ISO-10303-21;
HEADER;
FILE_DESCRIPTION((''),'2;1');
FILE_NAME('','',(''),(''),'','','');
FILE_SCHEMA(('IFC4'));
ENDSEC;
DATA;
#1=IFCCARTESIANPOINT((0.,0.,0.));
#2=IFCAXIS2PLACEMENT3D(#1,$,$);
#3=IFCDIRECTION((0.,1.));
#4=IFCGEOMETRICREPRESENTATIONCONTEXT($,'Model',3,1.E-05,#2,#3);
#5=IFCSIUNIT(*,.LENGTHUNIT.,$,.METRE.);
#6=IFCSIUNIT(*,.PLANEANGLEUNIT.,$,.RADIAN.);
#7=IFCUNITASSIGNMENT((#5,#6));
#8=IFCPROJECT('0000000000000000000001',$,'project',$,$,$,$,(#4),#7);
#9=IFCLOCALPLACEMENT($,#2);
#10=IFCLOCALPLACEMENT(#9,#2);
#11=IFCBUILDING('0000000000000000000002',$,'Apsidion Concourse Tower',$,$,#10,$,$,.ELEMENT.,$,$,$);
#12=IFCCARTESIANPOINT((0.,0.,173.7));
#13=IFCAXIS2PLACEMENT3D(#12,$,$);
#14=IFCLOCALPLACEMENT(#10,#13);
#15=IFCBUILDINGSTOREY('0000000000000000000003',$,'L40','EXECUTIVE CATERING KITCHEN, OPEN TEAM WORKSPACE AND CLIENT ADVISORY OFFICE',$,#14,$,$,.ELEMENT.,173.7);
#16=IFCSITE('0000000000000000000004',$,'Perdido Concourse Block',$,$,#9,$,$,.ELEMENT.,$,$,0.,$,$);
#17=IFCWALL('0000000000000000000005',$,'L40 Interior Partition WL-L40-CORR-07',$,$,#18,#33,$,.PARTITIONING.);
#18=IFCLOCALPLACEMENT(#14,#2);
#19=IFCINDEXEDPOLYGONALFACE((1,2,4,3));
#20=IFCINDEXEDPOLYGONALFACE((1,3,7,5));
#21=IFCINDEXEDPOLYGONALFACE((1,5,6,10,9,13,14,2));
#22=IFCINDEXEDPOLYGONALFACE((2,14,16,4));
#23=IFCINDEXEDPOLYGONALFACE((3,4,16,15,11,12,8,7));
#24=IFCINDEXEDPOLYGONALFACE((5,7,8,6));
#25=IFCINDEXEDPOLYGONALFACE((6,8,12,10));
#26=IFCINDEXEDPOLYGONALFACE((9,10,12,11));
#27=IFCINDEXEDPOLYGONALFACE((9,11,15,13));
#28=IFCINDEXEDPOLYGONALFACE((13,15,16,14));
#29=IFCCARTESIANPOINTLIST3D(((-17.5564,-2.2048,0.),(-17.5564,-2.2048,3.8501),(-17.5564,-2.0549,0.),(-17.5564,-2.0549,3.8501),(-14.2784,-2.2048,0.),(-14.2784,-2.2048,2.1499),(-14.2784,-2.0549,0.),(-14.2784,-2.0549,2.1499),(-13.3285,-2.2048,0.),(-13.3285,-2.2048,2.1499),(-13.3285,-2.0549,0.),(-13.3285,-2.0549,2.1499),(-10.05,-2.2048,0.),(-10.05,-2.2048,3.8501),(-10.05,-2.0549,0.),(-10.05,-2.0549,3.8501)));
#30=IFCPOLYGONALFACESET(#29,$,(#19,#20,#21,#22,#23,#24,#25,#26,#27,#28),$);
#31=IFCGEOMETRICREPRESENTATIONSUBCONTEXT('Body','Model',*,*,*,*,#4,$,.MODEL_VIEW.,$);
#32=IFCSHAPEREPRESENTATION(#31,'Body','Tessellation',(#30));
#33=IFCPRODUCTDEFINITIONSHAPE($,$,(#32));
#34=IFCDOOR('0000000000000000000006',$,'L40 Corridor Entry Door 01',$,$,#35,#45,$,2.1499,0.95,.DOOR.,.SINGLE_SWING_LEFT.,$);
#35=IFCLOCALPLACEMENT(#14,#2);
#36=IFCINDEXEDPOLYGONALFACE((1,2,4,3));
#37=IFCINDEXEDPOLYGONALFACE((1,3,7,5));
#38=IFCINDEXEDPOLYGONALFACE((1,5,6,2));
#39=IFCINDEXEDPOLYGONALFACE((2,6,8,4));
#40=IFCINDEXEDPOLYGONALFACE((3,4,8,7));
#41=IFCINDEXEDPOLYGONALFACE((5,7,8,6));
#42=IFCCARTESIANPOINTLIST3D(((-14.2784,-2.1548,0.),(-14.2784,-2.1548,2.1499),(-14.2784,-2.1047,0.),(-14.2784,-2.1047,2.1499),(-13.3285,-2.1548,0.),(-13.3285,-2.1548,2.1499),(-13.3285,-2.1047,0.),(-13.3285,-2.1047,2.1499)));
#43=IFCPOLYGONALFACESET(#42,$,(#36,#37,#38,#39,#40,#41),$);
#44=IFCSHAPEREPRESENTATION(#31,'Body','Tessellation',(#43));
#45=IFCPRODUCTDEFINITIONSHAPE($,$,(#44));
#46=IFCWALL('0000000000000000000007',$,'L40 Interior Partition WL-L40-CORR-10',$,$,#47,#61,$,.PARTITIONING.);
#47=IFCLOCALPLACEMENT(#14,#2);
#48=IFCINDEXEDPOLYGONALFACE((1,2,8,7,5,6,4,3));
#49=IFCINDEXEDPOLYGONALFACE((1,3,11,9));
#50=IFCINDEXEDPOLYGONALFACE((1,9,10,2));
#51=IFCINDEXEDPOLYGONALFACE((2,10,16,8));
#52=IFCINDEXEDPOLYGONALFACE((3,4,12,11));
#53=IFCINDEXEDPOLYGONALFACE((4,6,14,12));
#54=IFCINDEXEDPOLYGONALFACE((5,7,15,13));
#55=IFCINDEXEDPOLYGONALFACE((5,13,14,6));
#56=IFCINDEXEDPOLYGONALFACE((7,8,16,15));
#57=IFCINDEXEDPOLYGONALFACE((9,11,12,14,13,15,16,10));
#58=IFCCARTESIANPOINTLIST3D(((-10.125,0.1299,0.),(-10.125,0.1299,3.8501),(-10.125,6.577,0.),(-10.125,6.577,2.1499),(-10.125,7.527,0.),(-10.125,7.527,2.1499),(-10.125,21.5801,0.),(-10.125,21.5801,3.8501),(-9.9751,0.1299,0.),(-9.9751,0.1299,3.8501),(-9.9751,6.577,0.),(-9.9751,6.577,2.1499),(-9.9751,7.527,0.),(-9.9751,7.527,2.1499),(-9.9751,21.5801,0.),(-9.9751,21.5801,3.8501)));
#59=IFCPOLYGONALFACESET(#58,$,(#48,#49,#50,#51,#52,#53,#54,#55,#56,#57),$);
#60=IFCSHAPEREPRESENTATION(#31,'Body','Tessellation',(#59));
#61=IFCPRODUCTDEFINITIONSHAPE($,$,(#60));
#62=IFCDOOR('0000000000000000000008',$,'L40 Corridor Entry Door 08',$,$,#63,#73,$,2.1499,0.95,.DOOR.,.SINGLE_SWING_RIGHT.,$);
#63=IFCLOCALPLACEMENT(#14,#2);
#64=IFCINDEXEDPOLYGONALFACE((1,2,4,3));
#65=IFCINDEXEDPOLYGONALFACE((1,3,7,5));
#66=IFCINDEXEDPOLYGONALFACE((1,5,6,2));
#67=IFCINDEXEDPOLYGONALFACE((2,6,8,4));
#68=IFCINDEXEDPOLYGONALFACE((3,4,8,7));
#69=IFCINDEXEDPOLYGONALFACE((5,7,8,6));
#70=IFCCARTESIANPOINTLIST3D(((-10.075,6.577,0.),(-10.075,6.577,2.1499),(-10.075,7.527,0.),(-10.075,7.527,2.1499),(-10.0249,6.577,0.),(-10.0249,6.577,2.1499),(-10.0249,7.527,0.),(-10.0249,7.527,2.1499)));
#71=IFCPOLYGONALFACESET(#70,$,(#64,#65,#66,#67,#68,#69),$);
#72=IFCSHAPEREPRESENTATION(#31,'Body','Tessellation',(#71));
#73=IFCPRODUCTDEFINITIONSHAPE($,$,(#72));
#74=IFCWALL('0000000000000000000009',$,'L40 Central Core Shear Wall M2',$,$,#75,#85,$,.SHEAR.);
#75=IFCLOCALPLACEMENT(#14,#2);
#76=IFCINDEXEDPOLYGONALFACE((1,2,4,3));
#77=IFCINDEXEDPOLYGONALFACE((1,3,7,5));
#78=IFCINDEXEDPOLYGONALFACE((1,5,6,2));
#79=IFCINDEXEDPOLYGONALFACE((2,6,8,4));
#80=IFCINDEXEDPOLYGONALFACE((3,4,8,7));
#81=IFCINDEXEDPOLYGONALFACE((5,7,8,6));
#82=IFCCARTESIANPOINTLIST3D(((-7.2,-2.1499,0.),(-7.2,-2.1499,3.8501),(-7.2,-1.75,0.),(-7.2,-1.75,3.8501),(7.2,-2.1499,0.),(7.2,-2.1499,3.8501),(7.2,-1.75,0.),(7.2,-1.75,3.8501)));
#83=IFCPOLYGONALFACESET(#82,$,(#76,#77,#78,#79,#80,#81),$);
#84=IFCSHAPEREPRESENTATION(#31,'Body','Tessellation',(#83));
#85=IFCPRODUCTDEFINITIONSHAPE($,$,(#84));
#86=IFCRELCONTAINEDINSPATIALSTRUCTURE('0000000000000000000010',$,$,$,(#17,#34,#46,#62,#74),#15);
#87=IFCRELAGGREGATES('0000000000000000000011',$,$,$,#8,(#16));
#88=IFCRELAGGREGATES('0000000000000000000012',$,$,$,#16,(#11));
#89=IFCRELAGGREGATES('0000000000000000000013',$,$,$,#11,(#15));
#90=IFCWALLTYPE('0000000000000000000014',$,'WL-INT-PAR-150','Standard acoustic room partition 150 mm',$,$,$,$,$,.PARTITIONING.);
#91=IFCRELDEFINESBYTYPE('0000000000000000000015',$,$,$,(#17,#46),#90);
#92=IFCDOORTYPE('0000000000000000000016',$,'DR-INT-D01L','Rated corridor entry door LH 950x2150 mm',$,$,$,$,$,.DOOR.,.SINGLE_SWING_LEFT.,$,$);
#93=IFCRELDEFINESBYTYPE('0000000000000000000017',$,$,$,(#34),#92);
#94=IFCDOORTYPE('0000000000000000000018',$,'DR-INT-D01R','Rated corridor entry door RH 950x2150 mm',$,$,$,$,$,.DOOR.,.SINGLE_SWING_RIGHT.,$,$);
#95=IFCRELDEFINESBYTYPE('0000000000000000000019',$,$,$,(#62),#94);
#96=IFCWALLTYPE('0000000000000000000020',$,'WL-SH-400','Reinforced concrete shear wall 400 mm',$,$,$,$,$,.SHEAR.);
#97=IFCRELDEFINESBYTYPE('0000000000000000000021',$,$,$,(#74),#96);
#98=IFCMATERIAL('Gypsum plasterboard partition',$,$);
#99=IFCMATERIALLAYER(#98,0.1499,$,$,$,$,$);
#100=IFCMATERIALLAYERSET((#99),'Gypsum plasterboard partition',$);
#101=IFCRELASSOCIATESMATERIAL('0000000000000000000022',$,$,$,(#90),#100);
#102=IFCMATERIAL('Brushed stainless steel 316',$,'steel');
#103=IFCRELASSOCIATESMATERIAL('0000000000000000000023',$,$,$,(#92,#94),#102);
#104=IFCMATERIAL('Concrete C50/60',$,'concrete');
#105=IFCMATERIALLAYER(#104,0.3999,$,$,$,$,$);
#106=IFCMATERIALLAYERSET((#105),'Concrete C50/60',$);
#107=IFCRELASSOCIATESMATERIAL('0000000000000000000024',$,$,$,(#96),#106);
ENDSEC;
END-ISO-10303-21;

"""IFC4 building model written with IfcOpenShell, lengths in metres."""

from ifc_helpers import new_model, si_unit, direction, frame, frame_2d, origin, place, context, subcontext, project, spatial, rectangle, extrude, material, layer, layer_set, type_object, element, fill, save


model = new_model("IFC4")

# Units and contexts
model_context = context("Model", 3, precision=1e-05, world=origin(), true_north=direction((0.0, 1.0)))
body_context = subcontext(model_context, "Body", "Model", "MODEL_VIEW")
ifc_project = project(units=[si_unit("LENGTHUNIT", "METRE"), si_unit("PLANEANGLEUNIT", "RADIAN")], contexts=[model_context])

# Site, building, storey
site_placement = place(None, origin())
site = spatial("IfcSite", under=ifc_project, at=site_placement, Name="Perdido Concourse Block", CompositionType="ELEMENT", RefElevation=0.0)
building_placement = place(site_placement, origin())
building = spatial("IfcBuilding", under=site, at=building_placement, Name="Apsidion Concourse Tower", CompositionType="ELEMENT")
storey_placement = place(building_placement, frame((0.0, 0.0, 173.7)))
storey = spatial("IfcBuildingStorey", under=building, at=storey_placement, Name="L40", Description="EXECUTIVE CATERING KITCHEN, OPEN TEAM WORKSPACE AND CLIENT ADVISORY OFFICE", CompositionType="ELEMENT", Elevation=173.7)

# Shared definitions
ifc_material_1 = material(Name="Concrete C50/60", Category="concrete")

# Shared definitions
ifc_material_2 = material(Name="Gypsum plasterboard partition")
ifc_layer_1 = layer(ifc_material_2, 0.1499)
ifc_layer_set_1 = layer_set([ifc_layer_1], Name="Gypsum plasterboard partition")
wall_type_1 = type_object("IfcWallType", Name="WL-INT-PAR-150", Description="Standard acoustic room partition 150 mm", PredefinedType="PARTITIONING", material=ifc_layer_set_1)

# Walls, openings, doors
wall_1_placement = place(storey_placement, frame((-10.05, -2.1299, 0.0), z_axis=(0.0, 0.0, 1.0), x_axis=(-1.0, 0.0, 0.0)))
wall_1 = element("IfcWall", 1, at=wall_1_placement, inside=storey, type_object=wall_type_1, Name="L40 Interior Partition WL-L40-CORR-07", PredefinedType="PARTITIONING", context=body_context, shape_type="SweptSolid", body=[
    extrude(rectangle(XDim=7.5063, YDim=0.1499, at=frame_2d((3.7532, 0.0))), origin(), (0.0, 0.0, 1.0), 3.8501),
])
opening_1_placement = place(wall_1_placement, frame((3.2783, 0.0, 0.0)))
opening_1 = element("IfcOpeningElement", 2, at=opening_1_placement, cuts=wall_1, PredefinedType="OPENING", context=body_context, shape_type="SweptSolid", body=[
    extrude(rectangle(XDim=0.95, YDim=2.1499, at=frame_2d((0.4751, 1.075))), frame((0.0, 0.085, 0.0), z_axis=(0.0, -1.0, 0.0), x_axis=(1.0, 0.0, 0.0)), (0.0, 0.0, 1.0), 0.1699),
])
ifc_material_3 = material(Name="Brushed stainless steel 316", Category="steel")
door_type_1 = type_object("IfcDoorType", Name="DR-INT-D01L", Description="Rated corridor entry door LH 950x2150 mm", OperationType="SINGLE_SWING_LEFT", PredefinedType="DOOR", material=ifc_material_3)
door_1_placement = place(opening_1_placement, origin())
door_1 = element("IfcDoor", 3, at=door_1_placement, inside=storey, type_object=door_type_1, Name="L40 Corridor Entry Door 01", OperationType="SINGLE_SWING_LEFT", OverallHeight=2.1499, OverallWidth=0.95, PredefinedType="DOOR", context=body_context, shape_type="SweptSolid", body=[
    extrude(rectangle(XDim=0.95, YDim=2.1499, at=frame_2d((0.4751, 1.075))), frame((0.0, 0.0249, 0.0), z_axis=(0.0, -1.0, 0.0), x_axis=(1.0, 0.0, 0.0)), (0.0, 0.0, 1.0), 0.05),
])
fill(opening_1, door_1)
wall_2_placement = place(storey_placement, frame((-10.05, 0.1299, 0.0), z_axis=(0.0, 0.0, 1.0), x_axis=(0.0, 1.0, 0.0)))
wall_2 = element("IfcWall", 4, at=wall_2_placement, inside=storey, type_object=wall_type_1, Name="L40 Interior Partition WL-L40-CORR-10", PredefinedType="PARTITIONING", context=body_context, shape_type="SweptSolid", body=[
    extrude(rectangle(XDim=21.4502, YDim=0.1499, at=frame_2d((10.7251, 0.0))), origin(), (0.0, 0.0, 1.0), 3.8501),
])
opening_2_placement = place(wall_2_placement, frame((6.447, 0.0, 0.0)))
opening_2 = element("IfcOpeningElement", 5, at=opening_2_placement, cuts=wall_2, PredefinedType="OPENING", context=body_context, shape_type="SweptSolid", body=[
    extrude(rectangle(XDim=0.95, YDim=2.1499, at=frame_2d((0.4751, 1.075))), frame((0.0, 0.085, 0.0), z_axis=(0.0, -1.0, 0.0), x_axis=(1.0, 0.0, 0.0)), (0.0, 0.0, 1.0), 0.1699),
])
door_type_2 = type_object("IfcDoorType", Name="DR-INT-D01R", Description="Rated corridor entry door RH 950x2150 mm", OperationType="SINGLE_SWING_RIGHT", PredefinedType="DOOR", material=ifc_material_3)
door_2_placement = place(opening_2_placement, origin())
door_2 = element("IfcDoor", 6, at=door_2_placement, inside=storey, type_object=door_type_2, Name="L40 Corridor Entry Door 08", OperationType="SINGLE_SWING_RIGHT", OverallHeight=2.1499, OverallWidth=0.95, PredefinedType="DOOR", context=body_context, shape_type="SweptSolid", body=[
    extrude(rectangle(XDim=0.95, YDim=2.1499, at=frame_2d((0.4751, 1.075))), frame((0.0, 0.0249, 0.0), z_axis=(0.0, -1.0, 0.0), x_axis=(1.0, 0.0, 0.0)), (0.0, 0.0, 1.0), 0.05),
])
fill(opening_2, door_2)

# Wall
ifc_layer_2 = layer(ifc_material_1, 0.3999)
ifc_layer_set_2 = layer_set([ifc_layer_2], Name="Concrete C50/60")
wall_type_2 = type_object("IfcWallType", Name="WL-SH-400", Description="Reinforced concrete shear wall 400 mm", PredefinedType="SHEAR", material=ifc_layer_set_2)
wall_3_placement = place(storey_placement, frame((-7.2, -1.95, 0.0), z_axis=(0.0, 0.0, 1.0), x_axis=(1.0, 0.0, 0.0)))
element("IfcWall", 7, at=wall_3_placement, inside=storey, type_object=wall_type_2, Name="L40 Central Core Shear Wall M2", PredefinedType="SHEAR", context=body_context, shape_type="SweptSolid", body=[
    extrude(rectangle(XDim=14.3999, YDim=0.3999, at=frame_2d((7.2, 0.0))), origin(), (0.0, 0.0, 1.0), 3.8501),
])

save(model, "model.ifc")
